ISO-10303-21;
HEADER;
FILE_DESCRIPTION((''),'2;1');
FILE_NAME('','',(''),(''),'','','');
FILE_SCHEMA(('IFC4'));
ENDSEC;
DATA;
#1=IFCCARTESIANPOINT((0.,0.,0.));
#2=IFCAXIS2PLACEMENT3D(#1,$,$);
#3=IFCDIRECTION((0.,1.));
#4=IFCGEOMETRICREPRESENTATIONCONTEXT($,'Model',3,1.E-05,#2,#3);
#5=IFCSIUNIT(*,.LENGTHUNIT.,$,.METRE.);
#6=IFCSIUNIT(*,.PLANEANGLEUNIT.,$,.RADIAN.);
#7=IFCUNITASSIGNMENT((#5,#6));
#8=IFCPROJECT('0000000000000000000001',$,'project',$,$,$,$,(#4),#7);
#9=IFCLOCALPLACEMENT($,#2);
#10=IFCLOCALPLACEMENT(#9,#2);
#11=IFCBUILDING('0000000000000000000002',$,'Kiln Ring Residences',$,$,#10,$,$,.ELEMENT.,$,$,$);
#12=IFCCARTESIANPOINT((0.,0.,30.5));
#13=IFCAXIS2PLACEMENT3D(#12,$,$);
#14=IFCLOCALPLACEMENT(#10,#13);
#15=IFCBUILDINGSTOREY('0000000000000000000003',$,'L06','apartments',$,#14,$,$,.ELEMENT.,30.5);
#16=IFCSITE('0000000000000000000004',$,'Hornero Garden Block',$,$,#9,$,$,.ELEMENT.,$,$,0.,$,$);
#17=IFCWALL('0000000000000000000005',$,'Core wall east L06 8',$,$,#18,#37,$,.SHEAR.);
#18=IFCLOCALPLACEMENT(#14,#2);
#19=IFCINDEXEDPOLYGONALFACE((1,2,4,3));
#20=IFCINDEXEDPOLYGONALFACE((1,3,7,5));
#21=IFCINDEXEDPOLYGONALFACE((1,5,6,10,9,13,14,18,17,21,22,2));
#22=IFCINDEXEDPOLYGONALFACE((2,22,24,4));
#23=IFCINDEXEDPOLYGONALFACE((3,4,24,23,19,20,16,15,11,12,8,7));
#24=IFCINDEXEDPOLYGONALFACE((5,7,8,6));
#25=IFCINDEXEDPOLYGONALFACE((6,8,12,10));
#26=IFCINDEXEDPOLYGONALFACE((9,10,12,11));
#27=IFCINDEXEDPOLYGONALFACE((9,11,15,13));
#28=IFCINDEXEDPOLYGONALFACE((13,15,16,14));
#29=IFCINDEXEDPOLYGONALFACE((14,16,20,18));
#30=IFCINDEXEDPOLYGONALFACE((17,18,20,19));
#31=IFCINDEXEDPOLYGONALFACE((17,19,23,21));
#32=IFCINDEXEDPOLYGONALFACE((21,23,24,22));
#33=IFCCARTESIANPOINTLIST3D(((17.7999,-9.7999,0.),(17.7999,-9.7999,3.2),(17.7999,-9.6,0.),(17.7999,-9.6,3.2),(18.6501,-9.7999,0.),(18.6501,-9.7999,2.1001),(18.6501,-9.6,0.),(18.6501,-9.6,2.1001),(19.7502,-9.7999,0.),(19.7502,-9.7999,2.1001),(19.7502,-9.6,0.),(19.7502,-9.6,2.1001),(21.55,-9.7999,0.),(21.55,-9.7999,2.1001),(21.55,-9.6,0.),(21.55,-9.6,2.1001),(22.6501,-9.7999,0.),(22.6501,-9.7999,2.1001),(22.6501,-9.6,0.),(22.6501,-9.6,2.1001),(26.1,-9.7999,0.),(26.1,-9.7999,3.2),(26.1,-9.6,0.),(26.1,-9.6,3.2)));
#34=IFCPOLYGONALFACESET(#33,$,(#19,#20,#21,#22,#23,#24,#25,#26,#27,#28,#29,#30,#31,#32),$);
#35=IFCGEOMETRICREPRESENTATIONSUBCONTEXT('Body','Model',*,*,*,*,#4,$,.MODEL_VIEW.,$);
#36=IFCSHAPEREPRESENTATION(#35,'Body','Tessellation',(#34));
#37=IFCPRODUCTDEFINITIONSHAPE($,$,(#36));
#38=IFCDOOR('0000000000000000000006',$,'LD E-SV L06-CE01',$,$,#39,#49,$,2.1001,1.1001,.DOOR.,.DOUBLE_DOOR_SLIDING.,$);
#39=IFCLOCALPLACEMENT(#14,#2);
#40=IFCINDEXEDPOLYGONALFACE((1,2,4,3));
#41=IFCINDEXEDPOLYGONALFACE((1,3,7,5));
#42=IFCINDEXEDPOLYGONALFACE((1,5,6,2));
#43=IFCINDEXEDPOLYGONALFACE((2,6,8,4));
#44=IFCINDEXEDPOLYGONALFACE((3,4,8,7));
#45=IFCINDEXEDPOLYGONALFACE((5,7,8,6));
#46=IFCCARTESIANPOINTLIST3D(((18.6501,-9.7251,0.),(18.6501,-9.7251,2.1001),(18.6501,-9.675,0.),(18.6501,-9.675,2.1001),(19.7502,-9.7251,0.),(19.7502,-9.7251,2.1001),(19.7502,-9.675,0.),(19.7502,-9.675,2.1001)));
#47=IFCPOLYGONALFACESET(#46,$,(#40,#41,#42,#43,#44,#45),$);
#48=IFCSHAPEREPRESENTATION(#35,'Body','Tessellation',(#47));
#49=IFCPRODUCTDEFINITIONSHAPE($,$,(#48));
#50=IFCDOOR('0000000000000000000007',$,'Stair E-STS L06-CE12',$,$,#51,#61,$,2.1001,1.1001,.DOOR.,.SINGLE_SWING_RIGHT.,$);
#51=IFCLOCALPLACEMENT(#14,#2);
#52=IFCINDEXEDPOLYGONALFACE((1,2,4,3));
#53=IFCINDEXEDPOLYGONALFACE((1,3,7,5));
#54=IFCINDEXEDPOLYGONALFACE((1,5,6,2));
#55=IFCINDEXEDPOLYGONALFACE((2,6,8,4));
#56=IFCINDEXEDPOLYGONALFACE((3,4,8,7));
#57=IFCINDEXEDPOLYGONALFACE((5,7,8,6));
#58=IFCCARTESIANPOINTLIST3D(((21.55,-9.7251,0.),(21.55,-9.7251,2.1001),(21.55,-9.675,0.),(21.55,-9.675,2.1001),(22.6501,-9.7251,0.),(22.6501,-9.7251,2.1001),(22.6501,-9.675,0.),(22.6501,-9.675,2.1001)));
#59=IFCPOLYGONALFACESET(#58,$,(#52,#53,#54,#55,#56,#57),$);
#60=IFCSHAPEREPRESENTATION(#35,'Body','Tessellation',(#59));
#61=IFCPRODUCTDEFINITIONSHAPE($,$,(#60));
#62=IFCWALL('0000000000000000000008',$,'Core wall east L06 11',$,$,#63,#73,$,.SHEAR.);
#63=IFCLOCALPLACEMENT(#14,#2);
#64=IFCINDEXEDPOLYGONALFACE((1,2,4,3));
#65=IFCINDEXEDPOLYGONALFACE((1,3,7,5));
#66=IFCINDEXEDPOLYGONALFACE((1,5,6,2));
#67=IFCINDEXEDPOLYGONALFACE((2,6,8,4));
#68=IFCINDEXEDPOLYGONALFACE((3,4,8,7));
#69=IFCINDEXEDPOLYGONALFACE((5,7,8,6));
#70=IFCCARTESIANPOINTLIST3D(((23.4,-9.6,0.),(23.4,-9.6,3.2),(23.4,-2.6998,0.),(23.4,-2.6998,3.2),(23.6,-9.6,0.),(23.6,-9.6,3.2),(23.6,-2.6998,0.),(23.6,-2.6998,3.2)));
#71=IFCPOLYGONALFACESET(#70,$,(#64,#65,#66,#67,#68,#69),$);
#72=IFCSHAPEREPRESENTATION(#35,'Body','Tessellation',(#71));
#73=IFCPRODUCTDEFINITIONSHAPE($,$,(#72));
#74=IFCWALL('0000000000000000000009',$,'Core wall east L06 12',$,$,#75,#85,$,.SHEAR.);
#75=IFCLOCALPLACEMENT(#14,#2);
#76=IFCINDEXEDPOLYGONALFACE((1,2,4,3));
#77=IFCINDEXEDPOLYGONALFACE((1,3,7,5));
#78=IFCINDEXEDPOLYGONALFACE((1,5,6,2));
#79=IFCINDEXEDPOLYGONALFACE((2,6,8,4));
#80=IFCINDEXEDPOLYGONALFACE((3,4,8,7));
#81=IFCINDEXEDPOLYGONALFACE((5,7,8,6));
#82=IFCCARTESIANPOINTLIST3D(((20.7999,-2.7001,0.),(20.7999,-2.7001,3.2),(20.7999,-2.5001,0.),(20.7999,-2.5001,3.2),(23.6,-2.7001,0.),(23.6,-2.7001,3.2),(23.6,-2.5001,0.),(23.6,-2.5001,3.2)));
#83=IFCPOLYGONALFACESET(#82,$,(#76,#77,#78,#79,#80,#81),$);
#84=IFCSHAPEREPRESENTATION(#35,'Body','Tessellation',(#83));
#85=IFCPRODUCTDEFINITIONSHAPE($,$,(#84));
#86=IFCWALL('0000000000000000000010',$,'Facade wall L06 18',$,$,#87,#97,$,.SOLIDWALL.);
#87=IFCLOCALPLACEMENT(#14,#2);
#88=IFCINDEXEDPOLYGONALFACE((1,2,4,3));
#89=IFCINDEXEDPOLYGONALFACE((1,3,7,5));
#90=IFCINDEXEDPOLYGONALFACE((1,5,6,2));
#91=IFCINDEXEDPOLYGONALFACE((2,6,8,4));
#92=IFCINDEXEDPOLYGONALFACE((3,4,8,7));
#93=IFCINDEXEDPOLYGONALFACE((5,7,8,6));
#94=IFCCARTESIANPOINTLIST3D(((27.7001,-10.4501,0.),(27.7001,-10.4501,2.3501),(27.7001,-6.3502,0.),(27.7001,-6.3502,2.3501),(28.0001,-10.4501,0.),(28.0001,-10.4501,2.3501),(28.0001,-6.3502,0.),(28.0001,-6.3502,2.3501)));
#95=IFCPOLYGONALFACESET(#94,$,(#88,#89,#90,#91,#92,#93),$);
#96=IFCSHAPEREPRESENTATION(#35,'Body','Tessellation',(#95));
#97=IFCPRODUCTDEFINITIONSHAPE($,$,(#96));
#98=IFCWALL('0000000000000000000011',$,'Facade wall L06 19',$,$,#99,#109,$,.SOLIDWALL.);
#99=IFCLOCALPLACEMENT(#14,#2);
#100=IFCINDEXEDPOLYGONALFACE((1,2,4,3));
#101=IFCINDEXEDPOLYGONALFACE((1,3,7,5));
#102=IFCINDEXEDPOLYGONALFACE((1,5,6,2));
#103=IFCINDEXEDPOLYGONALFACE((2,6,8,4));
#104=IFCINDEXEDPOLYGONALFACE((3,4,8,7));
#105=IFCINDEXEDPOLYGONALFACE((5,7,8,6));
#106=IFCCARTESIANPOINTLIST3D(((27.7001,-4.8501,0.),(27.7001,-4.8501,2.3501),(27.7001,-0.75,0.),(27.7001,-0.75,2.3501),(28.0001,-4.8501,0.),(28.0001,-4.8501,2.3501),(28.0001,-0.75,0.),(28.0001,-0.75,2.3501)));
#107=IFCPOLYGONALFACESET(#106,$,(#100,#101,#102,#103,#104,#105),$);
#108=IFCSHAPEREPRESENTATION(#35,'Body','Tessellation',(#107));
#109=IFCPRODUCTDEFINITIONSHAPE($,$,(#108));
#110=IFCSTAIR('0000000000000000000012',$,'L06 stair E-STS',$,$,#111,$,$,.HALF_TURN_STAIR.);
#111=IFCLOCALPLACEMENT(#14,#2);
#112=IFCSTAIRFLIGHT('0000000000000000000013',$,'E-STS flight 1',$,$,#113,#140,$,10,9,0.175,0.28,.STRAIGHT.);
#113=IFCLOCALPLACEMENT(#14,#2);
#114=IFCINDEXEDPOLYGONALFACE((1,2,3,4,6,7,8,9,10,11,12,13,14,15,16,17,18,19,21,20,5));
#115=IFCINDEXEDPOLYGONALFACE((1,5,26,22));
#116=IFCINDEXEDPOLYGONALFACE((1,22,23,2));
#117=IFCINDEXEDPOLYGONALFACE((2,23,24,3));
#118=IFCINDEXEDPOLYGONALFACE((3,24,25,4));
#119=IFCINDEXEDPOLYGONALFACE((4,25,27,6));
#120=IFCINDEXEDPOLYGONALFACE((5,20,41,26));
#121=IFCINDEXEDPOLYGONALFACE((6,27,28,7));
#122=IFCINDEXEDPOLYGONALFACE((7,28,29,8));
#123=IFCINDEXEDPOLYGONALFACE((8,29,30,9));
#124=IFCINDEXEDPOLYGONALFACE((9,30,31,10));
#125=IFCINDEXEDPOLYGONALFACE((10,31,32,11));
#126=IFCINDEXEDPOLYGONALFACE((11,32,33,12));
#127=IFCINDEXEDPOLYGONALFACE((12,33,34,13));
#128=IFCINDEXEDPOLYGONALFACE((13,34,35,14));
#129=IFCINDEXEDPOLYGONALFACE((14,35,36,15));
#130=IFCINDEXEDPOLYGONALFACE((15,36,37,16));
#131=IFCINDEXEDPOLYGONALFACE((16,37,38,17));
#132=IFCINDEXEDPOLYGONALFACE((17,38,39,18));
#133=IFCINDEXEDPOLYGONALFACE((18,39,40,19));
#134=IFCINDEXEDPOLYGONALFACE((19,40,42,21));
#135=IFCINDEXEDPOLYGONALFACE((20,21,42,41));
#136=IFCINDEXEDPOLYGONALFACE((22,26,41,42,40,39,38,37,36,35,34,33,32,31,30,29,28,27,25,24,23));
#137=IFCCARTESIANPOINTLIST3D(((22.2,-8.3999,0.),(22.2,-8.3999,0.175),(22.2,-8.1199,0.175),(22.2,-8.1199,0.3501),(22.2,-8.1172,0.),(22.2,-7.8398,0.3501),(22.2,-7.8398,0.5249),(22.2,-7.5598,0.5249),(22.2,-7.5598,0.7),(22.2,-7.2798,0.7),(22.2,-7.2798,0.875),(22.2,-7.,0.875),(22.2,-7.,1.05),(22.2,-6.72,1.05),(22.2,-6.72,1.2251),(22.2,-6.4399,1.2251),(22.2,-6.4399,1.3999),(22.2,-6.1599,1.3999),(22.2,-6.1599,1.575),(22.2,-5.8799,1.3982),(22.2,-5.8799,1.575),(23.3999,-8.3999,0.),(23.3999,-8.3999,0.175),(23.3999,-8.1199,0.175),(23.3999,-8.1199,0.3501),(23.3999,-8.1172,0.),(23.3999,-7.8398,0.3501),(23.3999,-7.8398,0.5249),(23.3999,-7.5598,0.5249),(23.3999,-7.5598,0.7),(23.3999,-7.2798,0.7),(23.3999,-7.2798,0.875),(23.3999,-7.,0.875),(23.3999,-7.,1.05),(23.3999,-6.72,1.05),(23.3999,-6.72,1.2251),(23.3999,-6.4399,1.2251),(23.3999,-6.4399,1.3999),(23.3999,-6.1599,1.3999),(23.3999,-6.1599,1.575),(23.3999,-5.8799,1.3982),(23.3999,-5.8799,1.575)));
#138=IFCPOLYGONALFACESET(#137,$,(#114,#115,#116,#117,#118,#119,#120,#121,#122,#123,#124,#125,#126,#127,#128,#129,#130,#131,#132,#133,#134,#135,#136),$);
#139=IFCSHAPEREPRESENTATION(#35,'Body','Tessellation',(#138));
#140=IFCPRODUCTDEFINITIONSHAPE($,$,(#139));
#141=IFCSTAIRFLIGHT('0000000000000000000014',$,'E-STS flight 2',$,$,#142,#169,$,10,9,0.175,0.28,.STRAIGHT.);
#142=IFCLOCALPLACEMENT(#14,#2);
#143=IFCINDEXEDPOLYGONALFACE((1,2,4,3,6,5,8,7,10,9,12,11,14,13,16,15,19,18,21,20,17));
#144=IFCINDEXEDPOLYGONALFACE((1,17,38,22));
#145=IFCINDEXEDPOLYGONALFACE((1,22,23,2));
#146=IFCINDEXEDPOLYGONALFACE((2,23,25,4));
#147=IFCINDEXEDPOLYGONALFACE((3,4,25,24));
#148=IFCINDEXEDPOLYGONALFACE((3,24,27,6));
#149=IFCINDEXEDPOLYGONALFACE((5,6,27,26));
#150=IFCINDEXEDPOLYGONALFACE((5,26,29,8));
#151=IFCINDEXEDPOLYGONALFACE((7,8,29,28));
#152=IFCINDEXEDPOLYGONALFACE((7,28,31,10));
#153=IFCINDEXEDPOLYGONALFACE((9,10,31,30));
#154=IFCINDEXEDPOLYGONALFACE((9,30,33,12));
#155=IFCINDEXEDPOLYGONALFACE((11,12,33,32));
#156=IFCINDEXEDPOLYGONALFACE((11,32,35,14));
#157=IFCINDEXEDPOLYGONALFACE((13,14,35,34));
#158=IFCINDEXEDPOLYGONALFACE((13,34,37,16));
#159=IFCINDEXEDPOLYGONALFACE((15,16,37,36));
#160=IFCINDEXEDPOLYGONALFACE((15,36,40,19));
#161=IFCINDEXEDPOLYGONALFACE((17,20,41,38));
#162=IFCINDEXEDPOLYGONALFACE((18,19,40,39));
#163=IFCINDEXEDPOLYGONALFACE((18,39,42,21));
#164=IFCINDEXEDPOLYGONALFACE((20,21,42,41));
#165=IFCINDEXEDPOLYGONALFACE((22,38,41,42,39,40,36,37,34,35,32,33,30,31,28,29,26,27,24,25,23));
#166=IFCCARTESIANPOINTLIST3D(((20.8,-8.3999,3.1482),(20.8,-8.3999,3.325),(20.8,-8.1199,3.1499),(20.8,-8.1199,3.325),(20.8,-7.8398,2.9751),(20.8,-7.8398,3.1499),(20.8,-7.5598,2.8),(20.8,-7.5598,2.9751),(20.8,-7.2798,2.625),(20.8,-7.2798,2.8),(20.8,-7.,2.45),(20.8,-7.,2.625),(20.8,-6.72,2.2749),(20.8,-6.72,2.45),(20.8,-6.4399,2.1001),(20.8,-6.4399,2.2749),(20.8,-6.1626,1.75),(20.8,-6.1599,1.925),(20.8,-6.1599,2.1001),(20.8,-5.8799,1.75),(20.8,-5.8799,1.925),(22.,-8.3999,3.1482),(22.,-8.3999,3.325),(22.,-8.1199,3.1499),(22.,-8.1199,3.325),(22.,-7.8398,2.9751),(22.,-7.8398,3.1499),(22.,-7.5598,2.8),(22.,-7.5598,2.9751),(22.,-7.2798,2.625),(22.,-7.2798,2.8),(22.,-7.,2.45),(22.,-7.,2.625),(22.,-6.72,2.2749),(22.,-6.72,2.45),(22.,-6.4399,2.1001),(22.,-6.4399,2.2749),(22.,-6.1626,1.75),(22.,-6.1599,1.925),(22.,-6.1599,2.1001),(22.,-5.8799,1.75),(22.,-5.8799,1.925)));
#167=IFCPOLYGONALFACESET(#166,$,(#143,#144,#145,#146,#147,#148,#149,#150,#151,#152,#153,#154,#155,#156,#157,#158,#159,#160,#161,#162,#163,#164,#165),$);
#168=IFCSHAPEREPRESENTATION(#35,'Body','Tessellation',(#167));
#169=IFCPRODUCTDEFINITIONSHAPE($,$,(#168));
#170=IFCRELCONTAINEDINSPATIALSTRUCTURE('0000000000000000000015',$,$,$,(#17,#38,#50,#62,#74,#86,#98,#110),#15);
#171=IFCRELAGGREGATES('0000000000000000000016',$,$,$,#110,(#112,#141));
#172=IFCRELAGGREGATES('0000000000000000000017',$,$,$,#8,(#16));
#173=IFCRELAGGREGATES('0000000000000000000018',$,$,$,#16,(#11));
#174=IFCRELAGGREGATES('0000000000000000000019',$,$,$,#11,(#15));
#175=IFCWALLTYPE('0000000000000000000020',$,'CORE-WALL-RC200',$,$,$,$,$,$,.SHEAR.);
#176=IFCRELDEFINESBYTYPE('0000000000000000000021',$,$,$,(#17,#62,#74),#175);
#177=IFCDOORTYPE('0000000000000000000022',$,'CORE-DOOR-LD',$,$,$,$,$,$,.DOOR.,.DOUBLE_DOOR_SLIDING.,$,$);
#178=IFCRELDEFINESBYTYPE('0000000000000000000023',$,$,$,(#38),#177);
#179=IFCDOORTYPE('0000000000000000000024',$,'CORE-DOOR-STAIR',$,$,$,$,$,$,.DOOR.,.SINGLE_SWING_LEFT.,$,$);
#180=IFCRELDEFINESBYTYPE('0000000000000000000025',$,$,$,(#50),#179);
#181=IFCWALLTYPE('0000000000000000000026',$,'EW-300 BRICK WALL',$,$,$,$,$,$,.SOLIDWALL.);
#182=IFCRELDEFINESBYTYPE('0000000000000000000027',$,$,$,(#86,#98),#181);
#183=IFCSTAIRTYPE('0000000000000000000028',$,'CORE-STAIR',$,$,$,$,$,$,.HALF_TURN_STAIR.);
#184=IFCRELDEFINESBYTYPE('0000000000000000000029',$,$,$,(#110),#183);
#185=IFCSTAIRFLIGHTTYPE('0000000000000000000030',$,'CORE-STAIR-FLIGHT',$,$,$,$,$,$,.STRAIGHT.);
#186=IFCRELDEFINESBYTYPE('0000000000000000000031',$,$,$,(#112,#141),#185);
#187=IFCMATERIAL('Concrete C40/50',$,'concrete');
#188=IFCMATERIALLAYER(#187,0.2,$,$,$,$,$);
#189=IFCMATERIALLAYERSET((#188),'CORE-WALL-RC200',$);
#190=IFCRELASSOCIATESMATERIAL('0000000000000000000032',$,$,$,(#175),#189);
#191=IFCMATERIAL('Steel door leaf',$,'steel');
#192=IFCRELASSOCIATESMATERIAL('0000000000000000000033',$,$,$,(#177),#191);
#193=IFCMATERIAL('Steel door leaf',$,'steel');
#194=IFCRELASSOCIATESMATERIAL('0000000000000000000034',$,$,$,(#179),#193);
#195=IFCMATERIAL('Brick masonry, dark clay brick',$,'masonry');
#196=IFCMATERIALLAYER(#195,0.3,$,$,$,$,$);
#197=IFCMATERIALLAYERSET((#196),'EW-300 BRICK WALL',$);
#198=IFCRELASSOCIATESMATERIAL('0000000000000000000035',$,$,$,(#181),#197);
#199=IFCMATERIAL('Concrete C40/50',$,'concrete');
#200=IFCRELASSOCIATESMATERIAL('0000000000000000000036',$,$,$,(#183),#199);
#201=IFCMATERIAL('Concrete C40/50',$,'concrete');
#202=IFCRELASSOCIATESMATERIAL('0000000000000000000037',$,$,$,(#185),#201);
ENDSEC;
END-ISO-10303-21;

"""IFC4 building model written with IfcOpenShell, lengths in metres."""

from ifc_helpers import new_model, si_unit, direction, frame, frame_2d, origin, place, context, subcontext, project, spatial, polyline, rectangle, outline, extrude, material, layer, layer_set, type_object, element, fill, aggregate, save


model = new_model("IFC4")

# Units and contexts
model_context = context("Model", 3, precision=1e-05, world=origin(), true_north=direction((0.0, 1.0)))
body_context = subcontext(model_context, "Body", "Model", "MODEL_VIEW")
ifc_project = project(units=[si_unit("LENGTHUNIT", "METRE"), si_unit("PLANEANGLEUNIT", "RADIAN")], contexts=[model_context])

# Site, building, storey
site_placement = place(None, origin())
site = spatial("IfcSite", under=ifc_project, at=site_placement, Name="Hornero Garden Block", CompositionType="ELEMENT", RefElevation=0.0)
building_placement = place(site_placement, origin())
building = spatial("IfcBuilding", under=site, at=building_placement, Name="Kiln Ring Residences", CompositionType="ELEMENT")
storey_placement = place(building_placement, frame((0.0, 0.0, 30.5)))
storey = spatial("IfcBuildingStorey", under=building, at=storey_placement, Name="L06", Description="apartments", CompositionType="ELEMENT", Elevation=30.5)

# Shared definitions
ifc_material_1 = material(Name="Concrete C40/50", Category="concrete")
ifc_layer_1 = layer(ifc_material_1, 0.2)
ifc_layer_set_1 = layer_set([ifc_layer_1], Name="CORE-WALL-RC200")
wall_type_1 = type_object("IfcWallType", Name="CORE-WALL-RC200", PredefinedType="SHEAR", material=ifc_layer_set_1)

# Wall, openings, doors
wall_1_placement = place(storey_placement, frame((17.8, -9.7, 0.0), z_axis=(0.0, 0.0, 1.0), x_axis=(1.0, 0.0, 0.0)))
wall_1 = element("IfcWall", 1, at=wall_1_placement, inside=storey, type_object=wall_type_1, Name="Core wall east L06 8", PredefinedType="SHEAR", context=body_context, shape_type="SweptSolid", body=[
    extrude(rectangle(XDim=8.3, YDim=0.2, at=frame_2d((4.1499, 0.0))), origin(), (0.0, 0.0, 1.0), 3.2),
])
opening_1_placement = place(wall_1_placement, frame((0.8501, 0.0, 0.0)))
opening_1 = element("IfcOpeningElement", 2, at=opening_1_placement, cuts=wall_1, PredefinedType="OPENING", context=body_context, shape_type="SweptSolid", body=[
    extrude(rectangle(XDim=1.1001, YDim=2.1001, at=frame_2d((0.55, 1.05))), frame((0.0, 0.1099, 0.0), z_axis=(0.0, -1.0, 0.0), x_axis=(1.0, 0.0, 0.0)), (0.0, 0.0, 1.0), 0.22),
])
opening_2_placement = place(wall_1_placement, frame((3.75, 0.0, 0.0)))
opening_2 = element("IfcOpeningElement", 3, at=opening_2_placement, cuts=wall_1, PredefinedType="OPENING", context=body_context, shape_type="SweptSolid", body=[
    extrude(rectangle(XDim=1.1001, YDim=2.1001, at=frame_2d((0.55, 1.05))), frame((0.0, 0.1099, 0.0), z_axis=(0.0, -1.0, 0.0), x_axis=(1.0, 0.0, 0.0)), (0.0, 0.0, 1.0), 0.22),
])
ifc_material_2 = material(Name="Steel door leaf", Category="steel")
door_type_1 = type_object("IfcDoorType", Name="CORE-DOOR-LD", OperationType="DOUBLE_DOOR_SLIDING", PredefinedType="DOOR", material=ifc_material_2)
door_1_placement = place(opening_1_placement, origin())
door_1 = element("IfcDoor", 4, at=door_1_placement, inside=storey, type_object=door_type_1, Name="LD E-SV L06-CE01", OperationType="DOUBLE_DOOR_SLIDING", OverallHeight=2.1001, OverallWidth=1.1001, PredefinedType="DOOR", context=body_context, shape_type="SweptSolid", body=[
    extrude(rectangle(XDim=1.1001, YDim=2.1001, at=frame_2d((0.55, 1.05))), frame((0.0, 0.0249, 0.0), z_axis=(0.0, -1.0, 0.0), x_axis=(1.0, 0.0, 0.0)), (0.0, 0.0, 1.0), 0.05),
])
fill(opening_1, door_1)
ifc_material_3 = material(Name="Steel door leaf", Category="steel")
door_type_2 = type_object("IfcDoorType", Name="CORE-DOOR-STAIR", OperationType="SINGLE_SWING_LEFT", PredefinedType="DOOR", material=ifc_material_3)
door_2_placement = place(opening_2_placement, origin())
door_2 = element("IfcDoor", 5, at=door_2_placement, inside=storey, type_object=door_type_2, Name="Stair E-STS L06-CE12", OperationType="SINGLE_SWING_RIGHT", OverallHeight=2.1001, OverallWidth=1.1001, PredefinedType="DOOR", context=body_context, shape_type="SweptSolid", body=[
    extrude(rectangle(XDim=1.1001, YDim=2.1001, at=frame_2d((0.55, 1.05))), frame((0.0, 0.0249, 0.0), z_axis=(0.0, -1.0, 0.0), x_axis=(1.0, 0.0, 0.0)), (0.0, 0.0, 1.0), 0.05),
])
fill(opening_2, door_2)

# Walls
wall_2_placement = place(storey_placement, frame((23.5, -9.6001, 0.0), z_axis=(0.0, 0.0, 1.0), x_axis=(0.0, 1.0, 0.0)))
element("IfcWall", 6, at=wall_2_placement, inside=storey, type_object=wall_type_1, Name="Core wall east L06 11", PredefinedType="SHEAR", context=body_context, shape_type="SweptSolid", body=[
    extrude(rectangle(XDim=6.9001, YDim=0.2, at=frame_2d((3.4502, 0.0))), origin(), (0.0, 0.0, 1.0), 3.2),
])
wall_3_placement = place(storey_placement, frame((20.8, -2.6001, 0.0), z_axis=(0.0, 0.0, 1.0), x_axis=(1.0, 0.0, 0.0)))
element("IfcWall", 7, at=wall_3_placement, inside=storey, type_object=wall_type_1, Name="Core wall east L06 12", PredefinedType="SHEAR", context=body_context, shape_type="SweptSolid", body=[
    extrude(rectangle(XDim=2.8, YDim=0.2, at=frame_2d((1.3999, 0.0))), origin(), (0.0, 0.0, 1.0), 3.2),
])
ifc_material_4 = material(Name="Brick masonry, dark clay brick", Category="masonry")
ifc_layer_2 = layer(ifc_material_4, 0.3)
ifc_layer_set_2 = layer_set([ifc_layer_2], Name="EW-300 BRICK WALL")
wall_type_2 = type_object("IfcWallType", Name="EW-300 BRICK WALL", PredefinedType="SOLIDWALL", material=ifc_layer_set_2)
wall_4_placement = place(storey_placement, frame((27.8501, -10.45, 0.0), z_axis=(0.0, 0.0, 1.0), x_axis=(0.0, 1.0, 0.0)))
element("IfcWall", 8, at=wall_4_placement, inside=storey, type_object=wall_type_2, Name="Facade wall L06 18", PredefinedType="SOLIDWALL", context=body_context, shape_type="SweptSolid", body=[
    extrude(rectangle(XDim=4.0999, YDim=0.3, at=frame_2d((2.0498, 0.0))), origin(), (0.0, 0.0, 1.0), 2.3501),
])
wall_5_placement = place(storey_placement, frame((27.8501, -4.8501, 0.0), z_axis=(0.0, 0.0, 1.0), x_axis=(0.0, 1.0, 0.0)))
element("IfcWall", 9, at=wall_5_placement, inside=storey, type_object=wall_type_2, Name="Facade wall L06 19", PredefinedType="SOLIDWALL", context=body_context, shape_type="SweptSolid", body=[
    extrude(rectangle(XDim=4.1001, YDim=0.3, at=frame_2d((2.05, 0.0))), origin(), (0.0, 0.0, 1.0), 2.3501),
])

# Stair, stair flights
ifc_material_5 = material(Name="Concrete C40/50", Category="concrete")
stair_type = type_object("IfcStairType", Name="CORE-STAIR", PredefinedType="HALF_TURN_STAIR", material=ifc_material_5)
stair_placement = place(storey_placement, origin())
stair = element("IfcStair", 10, at=stair_placement, inside=storey, type_object=stair_type, Name="L06 stair E-STS", PredefinedType="HALF_TURN_STAIR")
ifc_material_6 = material(Name="Concrete C40/50", Category="concrete")
stair_flight_type = type_object("IfcStairFlightType", Name="CORE-STAIR-FLIGHT", PredefinedType="STRAIGHT", material=ifc_material_6)
stair_flight_1_placement = place(storey_placement, frame((22.8, -8.3999, 0.0), z_axis=(0.0, 0.0, 1.0), x_axis=(0.0, 1.0, 0.0)))
stair_flight_1 = element("IfcStairFlight", 11, at=stair_flight_1_placement, type_object=stair_flight_type, Name="E-STS flight 1", NumberOfRisers=10, NumberOfTreads=9, PredefinedType="STRAIGHT", RiserHeight=0.175, TreadLength=0.28, context=body_context, shape_type="SweptSolid", body=[
    extrude(outline(polyline([(0.0, 0.0), (0.0, 0.175), (0.28, 0.175), (0.28, 0.3501), (0.5601, 0.3501), (0.5601, 0.5249), (0.8401, 0.5249), (0.8401, 0.7), (1.1201, 0.7), (1.1201, 0.875), (1.3999, 0.875), (1.3999, 1.05), (1.6799, 1.05), (1.6799, 1.2251), (1.96, 1.2251), (1.96, 1.3999), (2.24, 1.3999), (2.24, 1.575), (2.52, 1.575), (2.52, 1.75), (2.52, 1.3982), (0.2827, 0.0), (0.0, 0.0)])), frame((0.0, 0.6001, 0.0), z_axis=(0.0, -1.0, 0.0), x_axis=(1.0, 0.0, 0.0)), (0.0, 0.0, 1.0), 1.2),
])
stair_flight_2_placement = place(storey_placement, frame((21.3999, -5.8799, 1.75), z_axis=(0.0, 0.0, 1.0), x_axis=(0.0, -1.0, 0.0)))
stair_flight_2 = element("IfcStairFlight", 12, at=stair_flight_2_placement, type_object=stair_flight_type, Name="E-STS flight 2", NumberOfRisers=10, NumberOfTreads=9, PredefinedType="STRAIGHT", RiserHeight=0.175, TreadLength=0.28, context=body_context, shape_type="SweptSolid", body=[
    extrude(outline(polyline([(0.0, 0.0), (0.0, 0.175), (0.28, 0.175), (0.28, 0.3501), (0.5601, 0.3501), (0.5601, 0.5249), (0.8401, 0.5249), (0.8401, 0.7), (1.1201, 0.7), (1.1201, 0.875), (1.3999, 0.875), (1.3999, 1.05), (1.6799, 1.05), (1.6799, 1.2251), (1.96, 1.2251), (1.96, 1.3999), (2.24, 1.3999), (2.24, 1.575), (2.52, 1.575), (2.52, 1.75), (2.52, 1.3982), (0.2827, 0.0), (0.0, 0.0)])), frame((0.0, 0.6001, 0.0), z_axis=(0.0, -1.0, 0.0), x_axis=(1.0, 0.0, 0.0)), (0.0, 0.0, 1.0), 1.2),
])
aggregate(stair, [stair_flight_1, stair_flight_2])

save(model, "model.ifc")
